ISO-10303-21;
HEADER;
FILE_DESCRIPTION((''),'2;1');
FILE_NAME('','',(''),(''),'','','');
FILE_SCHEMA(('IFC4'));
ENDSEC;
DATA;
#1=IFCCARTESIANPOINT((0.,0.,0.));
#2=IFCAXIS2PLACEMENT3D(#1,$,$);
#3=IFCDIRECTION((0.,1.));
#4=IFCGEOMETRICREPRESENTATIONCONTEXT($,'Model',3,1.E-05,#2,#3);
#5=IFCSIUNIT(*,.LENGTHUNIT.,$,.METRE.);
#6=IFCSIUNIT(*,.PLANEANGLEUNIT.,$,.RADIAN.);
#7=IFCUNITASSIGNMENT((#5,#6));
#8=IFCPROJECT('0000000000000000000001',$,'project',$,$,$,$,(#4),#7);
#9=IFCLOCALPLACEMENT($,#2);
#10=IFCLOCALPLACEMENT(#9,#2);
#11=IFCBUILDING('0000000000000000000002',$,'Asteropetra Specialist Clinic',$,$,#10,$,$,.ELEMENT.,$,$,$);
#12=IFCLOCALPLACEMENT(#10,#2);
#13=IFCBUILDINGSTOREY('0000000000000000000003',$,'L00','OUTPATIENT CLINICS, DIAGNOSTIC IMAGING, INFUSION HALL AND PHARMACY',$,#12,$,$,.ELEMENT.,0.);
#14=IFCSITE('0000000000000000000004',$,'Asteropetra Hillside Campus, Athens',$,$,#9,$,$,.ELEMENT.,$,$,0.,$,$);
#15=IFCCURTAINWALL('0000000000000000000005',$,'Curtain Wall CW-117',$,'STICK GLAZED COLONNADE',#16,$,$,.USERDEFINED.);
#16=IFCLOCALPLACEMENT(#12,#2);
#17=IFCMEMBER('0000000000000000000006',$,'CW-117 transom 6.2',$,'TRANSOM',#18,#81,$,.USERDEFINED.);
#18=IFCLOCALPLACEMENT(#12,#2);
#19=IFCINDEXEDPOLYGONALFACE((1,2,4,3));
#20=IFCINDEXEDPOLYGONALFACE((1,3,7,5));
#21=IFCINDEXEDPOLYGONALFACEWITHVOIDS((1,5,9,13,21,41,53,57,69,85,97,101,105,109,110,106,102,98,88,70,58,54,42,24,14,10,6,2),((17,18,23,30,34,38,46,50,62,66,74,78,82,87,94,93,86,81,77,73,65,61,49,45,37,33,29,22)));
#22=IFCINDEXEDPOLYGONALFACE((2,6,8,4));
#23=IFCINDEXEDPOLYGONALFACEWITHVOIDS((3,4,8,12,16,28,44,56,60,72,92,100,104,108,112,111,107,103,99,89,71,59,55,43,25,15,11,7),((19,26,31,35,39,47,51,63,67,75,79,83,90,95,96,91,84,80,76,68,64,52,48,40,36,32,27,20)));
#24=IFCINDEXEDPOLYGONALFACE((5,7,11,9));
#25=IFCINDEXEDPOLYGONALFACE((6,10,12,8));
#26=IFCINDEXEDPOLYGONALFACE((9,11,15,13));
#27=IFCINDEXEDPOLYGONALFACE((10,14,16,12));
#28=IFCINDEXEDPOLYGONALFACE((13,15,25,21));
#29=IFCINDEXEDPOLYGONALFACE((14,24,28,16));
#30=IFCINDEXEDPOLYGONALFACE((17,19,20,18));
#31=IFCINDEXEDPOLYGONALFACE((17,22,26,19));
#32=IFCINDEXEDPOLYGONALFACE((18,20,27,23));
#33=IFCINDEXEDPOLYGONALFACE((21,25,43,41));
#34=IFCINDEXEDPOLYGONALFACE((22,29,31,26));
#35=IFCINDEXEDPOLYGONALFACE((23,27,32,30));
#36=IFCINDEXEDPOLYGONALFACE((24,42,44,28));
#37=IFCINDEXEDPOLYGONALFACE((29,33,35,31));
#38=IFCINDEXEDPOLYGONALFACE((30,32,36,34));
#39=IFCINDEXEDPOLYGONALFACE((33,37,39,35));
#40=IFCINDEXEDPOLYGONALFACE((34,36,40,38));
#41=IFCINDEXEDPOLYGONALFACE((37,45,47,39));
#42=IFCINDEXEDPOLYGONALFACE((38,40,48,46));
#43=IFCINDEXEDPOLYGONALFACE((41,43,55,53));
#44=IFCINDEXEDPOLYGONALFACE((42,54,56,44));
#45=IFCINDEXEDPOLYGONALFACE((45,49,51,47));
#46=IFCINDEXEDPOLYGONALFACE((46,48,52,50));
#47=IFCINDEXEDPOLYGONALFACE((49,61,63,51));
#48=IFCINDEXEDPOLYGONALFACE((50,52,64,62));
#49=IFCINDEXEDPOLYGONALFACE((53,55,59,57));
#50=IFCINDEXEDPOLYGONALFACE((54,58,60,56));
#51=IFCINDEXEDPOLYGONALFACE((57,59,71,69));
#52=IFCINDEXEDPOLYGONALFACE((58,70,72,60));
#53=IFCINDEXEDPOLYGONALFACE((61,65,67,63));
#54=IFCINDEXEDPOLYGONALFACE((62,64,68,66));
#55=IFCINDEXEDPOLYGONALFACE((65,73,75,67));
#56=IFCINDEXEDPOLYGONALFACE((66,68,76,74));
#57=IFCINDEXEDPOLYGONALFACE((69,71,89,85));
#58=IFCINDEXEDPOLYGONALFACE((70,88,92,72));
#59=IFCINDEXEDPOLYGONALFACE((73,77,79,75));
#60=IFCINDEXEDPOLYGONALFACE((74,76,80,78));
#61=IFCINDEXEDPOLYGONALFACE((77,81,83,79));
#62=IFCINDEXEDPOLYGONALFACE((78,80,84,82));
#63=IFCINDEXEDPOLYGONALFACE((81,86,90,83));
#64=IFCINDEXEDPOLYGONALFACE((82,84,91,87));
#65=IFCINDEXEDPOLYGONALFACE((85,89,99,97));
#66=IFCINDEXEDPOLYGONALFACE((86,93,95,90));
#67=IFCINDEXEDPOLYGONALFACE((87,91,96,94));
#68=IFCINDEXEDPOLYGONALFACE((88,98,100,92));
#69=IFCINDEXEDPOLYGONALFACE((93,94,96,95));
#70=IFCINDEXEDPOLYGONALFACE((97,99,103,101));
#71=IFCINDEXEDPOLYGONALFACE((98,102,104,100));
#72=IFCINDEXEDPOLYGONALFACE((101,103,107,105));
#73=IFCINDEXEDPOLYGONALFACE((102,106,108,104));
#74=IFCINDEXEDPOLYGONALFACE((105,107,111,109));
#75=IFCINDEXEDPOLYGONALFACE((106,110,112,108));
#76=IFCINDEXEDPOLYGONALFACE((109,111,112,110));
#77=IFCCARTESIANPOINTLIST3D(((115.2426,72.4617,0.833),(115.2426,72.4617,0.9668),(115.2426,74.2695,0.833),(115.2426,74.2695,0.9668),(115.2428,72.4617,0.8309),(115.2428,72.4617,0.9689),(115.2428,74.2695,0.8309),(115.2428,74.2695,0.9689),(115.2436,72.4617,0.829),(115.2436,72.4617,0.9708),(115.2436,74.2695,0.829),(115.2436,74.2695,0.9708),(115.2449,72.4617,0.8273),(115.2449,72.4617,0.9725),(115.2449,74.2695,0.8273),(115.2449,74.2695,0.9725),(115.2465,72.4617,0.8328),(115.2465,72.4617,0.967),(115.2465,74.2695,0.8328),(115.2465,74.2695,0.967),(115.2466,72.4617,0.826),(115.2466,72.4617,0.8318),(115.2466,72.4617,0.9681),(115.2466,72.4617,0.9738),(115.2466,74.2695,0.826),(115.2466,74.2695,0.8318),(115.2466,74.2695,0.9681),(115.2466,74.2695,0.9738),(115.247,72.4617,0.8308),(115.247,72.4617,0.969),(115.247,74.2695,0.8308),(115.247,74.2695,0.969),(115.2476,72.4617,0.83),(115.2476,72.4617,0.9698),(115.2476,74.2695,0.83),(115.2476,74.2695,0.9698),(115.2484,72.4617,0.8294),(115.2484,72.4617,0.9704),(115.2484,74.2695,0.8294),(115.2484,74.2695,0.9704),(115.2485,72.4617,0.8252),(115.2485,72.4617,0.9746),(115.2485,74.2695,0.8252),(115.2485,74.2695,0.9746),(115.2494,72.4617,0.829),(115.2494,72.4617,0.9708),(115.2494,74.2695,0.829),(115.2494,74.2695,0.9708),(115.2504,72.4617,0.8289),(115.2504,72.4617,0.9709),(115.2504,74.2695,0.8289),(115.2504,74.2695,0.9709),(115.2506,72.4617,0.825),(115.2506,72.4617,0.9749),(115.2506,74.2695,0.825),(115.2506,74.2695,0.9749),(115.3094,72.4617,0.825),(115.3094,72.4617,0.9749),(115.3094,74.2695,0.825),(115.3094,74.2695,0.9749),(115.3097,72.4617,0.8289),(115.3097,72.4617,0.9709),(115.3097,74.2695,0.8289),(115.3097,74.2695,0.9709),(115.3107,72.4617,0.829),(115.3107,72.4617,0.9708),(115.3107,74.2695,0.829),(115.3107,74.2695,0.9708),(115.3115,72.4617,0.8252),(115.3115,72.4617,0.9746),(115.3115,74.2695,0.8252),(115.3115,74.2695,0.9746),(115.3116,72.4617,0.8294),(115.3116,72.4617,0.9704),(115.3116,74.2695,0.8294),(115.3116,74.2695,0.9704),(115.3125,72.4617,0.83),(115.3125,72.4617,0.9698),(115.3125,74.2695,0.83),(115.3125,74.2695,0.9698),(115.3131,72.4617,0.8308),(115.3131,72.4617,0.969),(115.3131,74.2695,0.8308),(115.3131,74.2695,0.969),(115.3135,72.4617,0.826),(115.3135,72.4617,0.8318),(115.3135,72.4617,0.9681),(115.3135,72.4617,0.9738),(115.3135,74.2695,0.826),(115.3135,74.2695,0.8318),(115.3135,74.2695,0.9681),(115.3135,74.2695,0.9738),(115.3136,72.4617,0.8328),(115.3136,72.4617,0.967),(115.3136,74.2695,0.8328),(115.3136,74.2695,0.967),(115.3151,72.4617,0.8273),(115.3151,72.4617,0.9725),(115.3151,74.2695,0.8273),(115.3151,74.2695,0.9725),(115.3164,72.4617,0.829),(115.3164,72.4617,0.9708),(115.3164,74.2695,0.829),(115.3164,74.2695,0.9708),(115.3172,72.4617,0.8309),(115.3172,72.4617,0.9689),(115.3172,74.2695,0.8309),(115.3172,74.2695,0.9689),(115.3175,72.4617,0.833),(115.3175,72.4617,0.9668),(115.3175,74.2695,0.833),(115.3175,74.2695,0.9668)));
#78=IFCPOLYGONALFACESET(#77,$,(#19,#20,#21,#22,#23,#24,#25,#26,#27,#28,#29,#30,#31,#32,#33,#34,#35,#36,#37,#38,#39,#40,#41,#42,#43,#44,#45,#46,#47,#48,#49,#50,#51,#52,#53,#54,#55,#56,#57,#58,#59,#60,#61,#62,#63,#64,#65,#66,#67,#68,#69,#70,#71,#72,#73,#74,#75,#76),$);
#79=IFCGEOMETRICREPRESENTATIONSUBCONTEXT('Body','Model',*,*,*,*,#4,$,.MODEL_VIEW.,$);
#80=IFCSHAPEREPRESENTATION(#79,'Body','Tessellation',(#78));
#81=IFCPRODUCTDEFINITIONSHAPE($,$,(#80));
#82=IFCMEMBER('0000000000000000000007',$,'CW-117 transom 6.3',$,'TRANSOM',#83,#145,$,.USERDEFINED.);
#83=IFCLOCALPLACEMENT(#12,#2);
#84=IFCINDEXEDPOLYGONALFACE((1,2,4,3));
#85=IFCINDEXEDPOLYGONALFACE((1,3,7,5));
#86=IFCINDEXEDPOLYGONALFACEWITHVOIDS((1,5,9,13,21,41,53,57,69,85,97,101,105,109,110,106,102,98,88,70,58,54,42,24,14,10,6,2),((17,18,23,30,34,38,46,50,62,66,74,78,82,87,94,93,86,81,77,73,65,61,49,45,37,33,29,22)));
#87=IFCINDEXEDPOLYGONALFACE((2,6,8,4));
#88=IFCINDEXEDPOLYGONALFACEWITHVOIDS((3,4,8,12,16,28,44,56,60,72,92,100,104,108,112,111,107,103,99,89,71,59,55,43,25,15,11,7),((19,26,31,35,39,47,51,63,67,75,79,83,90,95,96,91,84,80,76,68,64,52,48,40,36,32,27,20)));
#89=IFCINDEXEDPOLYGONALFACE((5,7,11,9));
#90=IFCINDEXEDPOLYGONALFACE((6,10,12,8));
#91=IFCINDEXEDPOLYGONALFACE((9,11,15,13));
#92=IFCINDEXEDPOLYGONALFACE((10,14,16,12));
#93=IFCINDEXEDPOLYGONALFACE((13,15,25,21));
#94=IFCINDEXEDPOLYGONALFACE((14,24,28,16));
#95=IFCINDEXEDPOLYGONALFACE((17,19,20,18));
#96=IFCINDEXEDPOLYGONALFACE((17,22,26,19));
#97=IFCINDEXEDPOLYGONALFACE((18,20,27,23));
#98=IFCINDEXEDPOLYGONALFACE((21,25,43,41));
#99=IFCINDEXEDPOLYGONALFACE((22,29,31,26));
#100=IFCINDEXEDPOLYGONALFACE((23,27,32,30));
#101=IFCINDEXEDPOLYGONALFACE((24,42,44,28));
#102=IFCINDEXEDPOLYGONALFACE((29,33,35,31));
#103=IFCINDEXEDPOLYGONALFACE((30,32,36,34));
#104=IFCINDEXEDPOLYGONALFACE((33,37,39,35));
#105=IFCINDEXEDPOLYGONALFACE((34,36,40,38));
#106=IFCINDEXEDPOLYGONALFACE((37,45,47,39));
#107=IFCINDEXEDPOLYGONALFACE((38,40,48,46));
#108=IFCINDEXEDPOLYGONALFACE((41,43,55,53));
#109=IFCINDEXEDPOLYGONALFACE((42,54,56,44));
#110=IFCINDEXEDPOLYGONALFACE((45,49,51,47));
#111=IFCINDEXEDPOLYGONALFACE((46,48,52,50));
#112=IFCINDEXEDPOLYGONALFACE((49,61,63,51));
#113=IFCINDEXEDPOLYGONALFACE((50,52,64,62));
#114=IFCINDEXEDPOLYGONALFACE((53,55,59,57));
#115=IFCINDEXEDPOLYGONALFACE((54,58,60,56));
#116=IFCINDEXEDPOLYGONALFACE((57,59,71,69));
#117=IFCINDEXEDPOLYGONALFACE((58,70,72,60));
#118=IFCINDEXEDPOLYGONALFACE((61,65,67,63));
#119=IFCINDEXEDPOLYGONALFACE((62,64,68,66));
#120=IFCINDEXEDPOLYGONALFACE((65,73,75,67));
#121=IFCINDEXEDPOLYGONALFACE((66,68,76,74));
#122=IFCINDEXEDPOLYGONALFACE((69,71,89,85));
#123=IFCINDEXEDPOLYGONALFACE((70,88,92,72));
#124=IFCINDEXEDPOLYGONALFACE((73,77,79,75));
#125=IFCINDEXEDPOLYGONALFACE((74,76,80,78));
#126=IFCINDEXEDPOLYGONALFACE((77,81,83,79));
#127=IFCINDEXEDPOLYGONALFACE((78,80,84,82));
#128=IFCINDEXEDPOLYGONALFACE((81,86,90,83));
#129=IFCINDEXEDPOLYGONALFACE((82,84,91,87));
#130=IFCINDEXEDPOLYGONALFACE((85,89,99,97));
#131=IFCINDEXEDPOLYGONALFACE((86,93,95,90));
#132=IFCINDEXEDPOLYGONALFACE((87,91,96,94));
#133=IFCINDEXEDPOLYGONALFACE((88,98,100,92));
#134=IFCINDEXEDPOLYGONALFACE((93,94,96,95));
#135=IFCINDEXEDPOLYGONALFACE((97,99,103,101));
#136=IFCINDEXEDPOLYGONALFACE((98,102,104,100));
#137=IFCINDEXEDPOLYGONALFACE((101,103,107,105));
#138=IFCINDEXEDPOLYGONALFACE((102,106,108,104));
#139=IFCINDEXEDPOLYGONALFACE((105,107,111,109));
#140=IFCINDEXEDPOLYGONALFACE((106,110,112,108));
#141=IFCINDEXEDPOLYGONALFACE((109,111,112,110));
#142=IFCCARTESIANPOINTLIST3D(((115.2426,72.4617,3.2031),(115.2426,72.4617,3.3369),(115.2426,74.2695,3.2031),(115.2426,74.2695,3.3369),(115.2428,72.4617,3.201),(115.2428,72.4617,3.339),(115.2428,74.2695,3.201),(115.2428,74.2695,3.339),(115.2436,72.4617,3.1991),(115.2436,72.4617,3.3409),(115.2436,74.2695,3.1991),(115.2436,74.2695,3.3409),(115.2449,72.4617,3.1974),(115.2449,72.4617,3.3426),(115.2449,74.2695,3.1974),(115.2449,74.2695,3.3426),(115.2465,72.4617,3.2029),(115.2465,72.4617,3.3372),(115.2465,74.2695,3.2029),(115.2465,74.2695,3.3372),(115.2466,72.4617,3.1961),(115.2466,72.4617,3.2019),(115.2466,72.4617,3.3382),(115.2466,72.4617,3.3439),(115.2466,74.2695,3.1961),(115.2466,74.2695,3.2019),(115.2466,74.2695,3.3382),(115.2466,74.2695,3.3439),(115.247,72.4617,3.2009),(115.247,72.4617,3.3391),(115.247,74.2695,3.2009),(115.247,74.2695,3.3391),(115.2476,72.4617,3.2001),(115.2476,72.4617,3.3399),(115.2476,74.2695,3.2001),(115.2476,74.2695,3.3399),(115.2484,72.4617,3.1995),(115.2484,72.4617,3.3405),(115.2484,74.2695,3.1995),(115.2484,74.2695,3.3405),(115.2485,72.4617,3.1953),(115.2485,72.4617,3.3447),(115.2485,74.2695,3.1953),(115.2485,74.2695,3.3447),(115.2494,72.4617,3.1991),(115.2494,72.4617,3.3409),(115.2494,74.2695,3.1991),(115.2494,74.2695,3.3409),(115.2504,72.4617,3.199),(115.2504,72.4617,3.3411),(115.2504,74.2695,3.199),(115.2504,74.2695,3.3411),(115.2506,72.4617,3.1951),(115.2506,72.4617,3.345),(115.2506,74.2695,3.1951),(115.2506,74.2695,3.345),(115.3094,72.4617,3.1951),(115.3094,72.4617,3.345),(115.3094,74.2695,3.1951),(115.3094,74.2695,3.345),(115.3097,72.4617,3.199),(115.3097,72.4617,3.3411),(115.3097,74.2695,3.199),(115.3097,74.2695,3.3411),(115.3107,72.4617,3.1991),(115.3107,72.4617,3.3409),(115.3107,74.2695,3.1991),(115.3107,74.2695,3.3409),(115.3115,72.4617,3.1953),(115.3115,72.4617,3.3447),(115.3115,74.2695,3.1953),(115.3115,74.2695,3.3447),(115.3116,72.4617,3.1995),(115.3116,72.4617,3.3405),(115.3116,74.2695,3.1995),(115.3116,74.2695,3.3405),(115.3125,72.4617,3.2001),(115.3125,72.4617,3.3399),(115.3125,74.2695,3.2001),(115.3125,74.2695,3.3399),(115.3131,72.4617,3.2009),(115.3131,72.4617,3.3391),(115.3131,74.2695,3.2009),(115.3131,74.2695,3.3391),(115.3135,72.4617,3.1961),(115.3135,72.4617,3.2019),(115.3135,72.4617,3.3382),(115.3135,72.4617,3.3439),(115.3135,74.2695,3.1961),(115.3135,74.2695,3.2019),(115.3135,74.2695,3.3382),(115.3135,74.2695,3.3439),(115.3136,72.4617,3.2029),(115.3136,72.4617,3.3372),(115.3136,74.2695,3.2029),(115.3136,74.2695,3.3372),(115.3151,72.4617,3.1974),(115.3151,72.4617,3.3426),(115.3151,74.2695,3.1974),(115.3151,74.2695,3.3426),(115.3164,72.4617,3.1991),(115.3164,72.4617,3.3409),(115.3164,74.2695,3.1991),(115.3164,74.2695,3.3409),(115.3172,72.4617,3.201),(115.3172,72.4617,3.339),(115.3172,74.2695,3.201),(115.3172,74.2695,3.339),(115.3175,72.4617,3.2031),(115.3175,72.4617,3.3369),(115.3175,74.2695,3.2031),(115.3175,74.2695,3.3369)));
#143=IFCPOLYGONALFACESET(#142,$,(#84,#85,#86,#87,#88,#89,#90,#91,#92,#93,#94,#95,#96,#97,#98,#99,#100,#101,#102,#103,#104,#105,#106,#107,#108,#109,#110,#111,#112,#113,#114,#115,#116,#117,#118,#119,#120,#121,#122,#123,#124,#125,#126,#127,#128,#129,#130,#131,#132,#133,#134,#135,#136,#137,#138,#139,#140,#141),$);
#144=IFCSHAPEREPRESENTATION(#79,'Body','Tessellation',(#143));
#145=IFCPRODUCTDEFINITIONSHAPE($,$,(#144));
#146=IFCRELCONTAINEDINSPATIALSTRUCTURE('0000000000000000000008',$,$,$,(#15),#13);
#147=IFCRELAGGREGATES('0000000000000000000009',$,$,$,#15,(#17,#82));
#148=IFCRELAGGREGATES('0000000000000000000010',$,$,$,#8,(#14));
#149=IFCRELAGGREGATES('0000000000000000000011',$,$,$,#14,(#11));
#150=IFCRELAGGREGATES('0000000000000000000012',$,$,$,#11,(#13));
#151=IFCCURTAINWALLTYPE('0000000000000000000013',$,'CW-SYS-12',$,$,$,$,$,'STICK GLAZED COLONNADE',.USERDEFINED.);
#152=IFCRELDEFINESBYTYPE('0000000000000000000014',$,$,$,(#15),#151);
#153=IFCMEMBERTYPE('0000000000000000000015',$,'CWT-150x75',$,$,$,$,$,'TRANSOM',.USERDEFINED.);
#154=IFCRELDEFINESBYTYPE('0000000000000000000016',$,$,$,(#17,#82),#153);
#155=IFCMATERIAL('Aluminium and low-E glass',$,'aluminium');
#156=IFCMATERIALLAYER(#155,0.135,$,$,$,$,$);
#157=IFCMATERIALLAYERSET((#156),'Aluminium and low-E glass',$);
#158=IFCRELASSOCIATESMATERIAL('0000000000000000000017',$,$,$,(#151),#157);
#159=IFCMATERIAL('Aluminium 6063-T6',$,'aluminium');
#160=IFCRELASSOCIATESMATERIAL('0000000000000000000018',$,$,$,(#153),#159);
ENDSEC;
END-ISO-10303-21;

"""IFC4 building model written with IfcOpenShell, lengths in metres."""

from ifc_helpers import new_model, si_unit, direction, frame, origin, origin_2d, place, context, subcontext, project, spatial, hollow_rectangle, extrude, material, layer, layer_set, material_profile, profile_set, type_object, element, aggregate, save


model = new_model("IFC4")

# Units and contexts
model_context = context("Model", 3, precision=1e-05, world=origin(), true_north=direction((0.0, 1.0)))
body_context = subcontext(model_context, "Body", "Model", "MODEL_VIEW")
ifc_project = project(units=[si_unit("LENGTHUNIT", "METRE"), si_unit("PLANEANGLEUNIT", "RADIAN")], contexts=[model_context])

# Site, building, storey
site_placement = place(None, origin())
site = spatial("IfcSite", under=ifc_project, at=site_placement, Name="Asteropetra Hillside Campus, Athens", CompositionType="ELEMENT", RefElevation=0.0)
building_placement = place(site_placement, origin())
building = spatial("IfcBuilding", under=site, at=building_placement, Name="Asteropetra Specialist Clinic", CompositionType="ELEMENT")
storey_placement = place(building_placement, origin())
storey = spatial("IfcBuildingStorey", under=building, at=storey_placement, Name="L00", Description="OUTPATIENT CLINICS, DIAGNOSTIC IMAGING, INFUSION HALL AND PHARMACY", CompositionType="ELEMENT", Elevation=0.0)

# Curtain wall, members
ifc_material_1 = material(Name="Aluminium and low-E glass", Category="aluminium")
ifc_layer_1 = layer(ifc_material_1, 0.135)
ifc_layer_set_1 = layer_set([ifc_layer_1], Name="Aluminium and low-E glass")
curtain_wall_type = type_object("IfcCurtainWallType", Name="CW-SYS-12", ElementType="STICK GLAZED COLONNADE", PredefinedType="USERDEFINED", material=ifc_layer_set_1)
curtain_wall_placement = place(storey_placement, origin())
curtain_wall = element("IfcCurtainWall", 1, at=curtain_wall_placement, inside=storey, type_object=curtain_wall_type, Name="Curtain Wall CW-117", ObjectType="STICK GLAZED COLONNADE", PredefinedType="USERDEFINED")
ifc_material_2 = material(Name="Aluminium 6063-T6", Category="aluminium")
ifc_material_profile_1 = material_profile(ifc_material_2, hollow_rectangle(XDim=0.075, YDim=0.1499, WallThickness=0.0039, InnerFilletRadius=0.0039, OuterFilletRadius=0.0081, at=origin_2d()), Name="TRN 150x75x4.0")
ifc_profile_set_1 = profile_set([ifc_material_profile_1], Name="Aluminium 6063-T6")
member_type_1 = type_object("IfcMemberType", Name="CWT-150x75", ElementType="TRANSOM", PredefinedType="USERDEFINED", material=ifc_profile_set_1)
member_1_placement = place(storey_placement, frame((115.28, 72.4617, 0.8999), z_axis=(0.0, 1.0, 0.0), x_axis=(-1.0, 0.0, 0.0)))
member_1 = element("IfcMember", 2, at=member_1_placement, type_object=member_type_1, Name="CW-117 transom 6.2", ObjectType="TRANSOM", PredefinedType="USERDEFINED", context=body_context, shape_type="SweptSolid", body=[
    extrude(hollow_rectangle(XDim=0.075, YDim=0.1499, WallThickness=0.0039, InnerFilletRadius=0.0039, OuterFilletRadius=0.0081, at=origin_2d()), origin(), (0.0, 0.0, 1.0), 1.8079),
])
member_2_placement = place(storey_placement, frame((115.28, 72.4617, 3.27), z_axis=(0.0, 1.0, 0.0), x_axis=(-1.0, 0.0, 0.0)))
member_2 = element("IfcMember", 3, at=member_2_placement, type_object=member_type_1, Name="CW-117 transom 6.3", ObjectType="TRANSOM", PredefinedType="USERDEFINED", context=body_context, shape_type="SweptSolid", body=[
    extrude(hollow_rectangle(XDim=0.075, YDim=0.1499, WallThickness=0.0039, InnerFilletRadius=0.0039, OuterFilletRadius=0.0081, at=origin_2d()), origin(), (0.0, 0.0, 1.0), 1.8079),
])
aggregate(curtain_wall, [member_1, member_2])

save(model, "model.ifc")
